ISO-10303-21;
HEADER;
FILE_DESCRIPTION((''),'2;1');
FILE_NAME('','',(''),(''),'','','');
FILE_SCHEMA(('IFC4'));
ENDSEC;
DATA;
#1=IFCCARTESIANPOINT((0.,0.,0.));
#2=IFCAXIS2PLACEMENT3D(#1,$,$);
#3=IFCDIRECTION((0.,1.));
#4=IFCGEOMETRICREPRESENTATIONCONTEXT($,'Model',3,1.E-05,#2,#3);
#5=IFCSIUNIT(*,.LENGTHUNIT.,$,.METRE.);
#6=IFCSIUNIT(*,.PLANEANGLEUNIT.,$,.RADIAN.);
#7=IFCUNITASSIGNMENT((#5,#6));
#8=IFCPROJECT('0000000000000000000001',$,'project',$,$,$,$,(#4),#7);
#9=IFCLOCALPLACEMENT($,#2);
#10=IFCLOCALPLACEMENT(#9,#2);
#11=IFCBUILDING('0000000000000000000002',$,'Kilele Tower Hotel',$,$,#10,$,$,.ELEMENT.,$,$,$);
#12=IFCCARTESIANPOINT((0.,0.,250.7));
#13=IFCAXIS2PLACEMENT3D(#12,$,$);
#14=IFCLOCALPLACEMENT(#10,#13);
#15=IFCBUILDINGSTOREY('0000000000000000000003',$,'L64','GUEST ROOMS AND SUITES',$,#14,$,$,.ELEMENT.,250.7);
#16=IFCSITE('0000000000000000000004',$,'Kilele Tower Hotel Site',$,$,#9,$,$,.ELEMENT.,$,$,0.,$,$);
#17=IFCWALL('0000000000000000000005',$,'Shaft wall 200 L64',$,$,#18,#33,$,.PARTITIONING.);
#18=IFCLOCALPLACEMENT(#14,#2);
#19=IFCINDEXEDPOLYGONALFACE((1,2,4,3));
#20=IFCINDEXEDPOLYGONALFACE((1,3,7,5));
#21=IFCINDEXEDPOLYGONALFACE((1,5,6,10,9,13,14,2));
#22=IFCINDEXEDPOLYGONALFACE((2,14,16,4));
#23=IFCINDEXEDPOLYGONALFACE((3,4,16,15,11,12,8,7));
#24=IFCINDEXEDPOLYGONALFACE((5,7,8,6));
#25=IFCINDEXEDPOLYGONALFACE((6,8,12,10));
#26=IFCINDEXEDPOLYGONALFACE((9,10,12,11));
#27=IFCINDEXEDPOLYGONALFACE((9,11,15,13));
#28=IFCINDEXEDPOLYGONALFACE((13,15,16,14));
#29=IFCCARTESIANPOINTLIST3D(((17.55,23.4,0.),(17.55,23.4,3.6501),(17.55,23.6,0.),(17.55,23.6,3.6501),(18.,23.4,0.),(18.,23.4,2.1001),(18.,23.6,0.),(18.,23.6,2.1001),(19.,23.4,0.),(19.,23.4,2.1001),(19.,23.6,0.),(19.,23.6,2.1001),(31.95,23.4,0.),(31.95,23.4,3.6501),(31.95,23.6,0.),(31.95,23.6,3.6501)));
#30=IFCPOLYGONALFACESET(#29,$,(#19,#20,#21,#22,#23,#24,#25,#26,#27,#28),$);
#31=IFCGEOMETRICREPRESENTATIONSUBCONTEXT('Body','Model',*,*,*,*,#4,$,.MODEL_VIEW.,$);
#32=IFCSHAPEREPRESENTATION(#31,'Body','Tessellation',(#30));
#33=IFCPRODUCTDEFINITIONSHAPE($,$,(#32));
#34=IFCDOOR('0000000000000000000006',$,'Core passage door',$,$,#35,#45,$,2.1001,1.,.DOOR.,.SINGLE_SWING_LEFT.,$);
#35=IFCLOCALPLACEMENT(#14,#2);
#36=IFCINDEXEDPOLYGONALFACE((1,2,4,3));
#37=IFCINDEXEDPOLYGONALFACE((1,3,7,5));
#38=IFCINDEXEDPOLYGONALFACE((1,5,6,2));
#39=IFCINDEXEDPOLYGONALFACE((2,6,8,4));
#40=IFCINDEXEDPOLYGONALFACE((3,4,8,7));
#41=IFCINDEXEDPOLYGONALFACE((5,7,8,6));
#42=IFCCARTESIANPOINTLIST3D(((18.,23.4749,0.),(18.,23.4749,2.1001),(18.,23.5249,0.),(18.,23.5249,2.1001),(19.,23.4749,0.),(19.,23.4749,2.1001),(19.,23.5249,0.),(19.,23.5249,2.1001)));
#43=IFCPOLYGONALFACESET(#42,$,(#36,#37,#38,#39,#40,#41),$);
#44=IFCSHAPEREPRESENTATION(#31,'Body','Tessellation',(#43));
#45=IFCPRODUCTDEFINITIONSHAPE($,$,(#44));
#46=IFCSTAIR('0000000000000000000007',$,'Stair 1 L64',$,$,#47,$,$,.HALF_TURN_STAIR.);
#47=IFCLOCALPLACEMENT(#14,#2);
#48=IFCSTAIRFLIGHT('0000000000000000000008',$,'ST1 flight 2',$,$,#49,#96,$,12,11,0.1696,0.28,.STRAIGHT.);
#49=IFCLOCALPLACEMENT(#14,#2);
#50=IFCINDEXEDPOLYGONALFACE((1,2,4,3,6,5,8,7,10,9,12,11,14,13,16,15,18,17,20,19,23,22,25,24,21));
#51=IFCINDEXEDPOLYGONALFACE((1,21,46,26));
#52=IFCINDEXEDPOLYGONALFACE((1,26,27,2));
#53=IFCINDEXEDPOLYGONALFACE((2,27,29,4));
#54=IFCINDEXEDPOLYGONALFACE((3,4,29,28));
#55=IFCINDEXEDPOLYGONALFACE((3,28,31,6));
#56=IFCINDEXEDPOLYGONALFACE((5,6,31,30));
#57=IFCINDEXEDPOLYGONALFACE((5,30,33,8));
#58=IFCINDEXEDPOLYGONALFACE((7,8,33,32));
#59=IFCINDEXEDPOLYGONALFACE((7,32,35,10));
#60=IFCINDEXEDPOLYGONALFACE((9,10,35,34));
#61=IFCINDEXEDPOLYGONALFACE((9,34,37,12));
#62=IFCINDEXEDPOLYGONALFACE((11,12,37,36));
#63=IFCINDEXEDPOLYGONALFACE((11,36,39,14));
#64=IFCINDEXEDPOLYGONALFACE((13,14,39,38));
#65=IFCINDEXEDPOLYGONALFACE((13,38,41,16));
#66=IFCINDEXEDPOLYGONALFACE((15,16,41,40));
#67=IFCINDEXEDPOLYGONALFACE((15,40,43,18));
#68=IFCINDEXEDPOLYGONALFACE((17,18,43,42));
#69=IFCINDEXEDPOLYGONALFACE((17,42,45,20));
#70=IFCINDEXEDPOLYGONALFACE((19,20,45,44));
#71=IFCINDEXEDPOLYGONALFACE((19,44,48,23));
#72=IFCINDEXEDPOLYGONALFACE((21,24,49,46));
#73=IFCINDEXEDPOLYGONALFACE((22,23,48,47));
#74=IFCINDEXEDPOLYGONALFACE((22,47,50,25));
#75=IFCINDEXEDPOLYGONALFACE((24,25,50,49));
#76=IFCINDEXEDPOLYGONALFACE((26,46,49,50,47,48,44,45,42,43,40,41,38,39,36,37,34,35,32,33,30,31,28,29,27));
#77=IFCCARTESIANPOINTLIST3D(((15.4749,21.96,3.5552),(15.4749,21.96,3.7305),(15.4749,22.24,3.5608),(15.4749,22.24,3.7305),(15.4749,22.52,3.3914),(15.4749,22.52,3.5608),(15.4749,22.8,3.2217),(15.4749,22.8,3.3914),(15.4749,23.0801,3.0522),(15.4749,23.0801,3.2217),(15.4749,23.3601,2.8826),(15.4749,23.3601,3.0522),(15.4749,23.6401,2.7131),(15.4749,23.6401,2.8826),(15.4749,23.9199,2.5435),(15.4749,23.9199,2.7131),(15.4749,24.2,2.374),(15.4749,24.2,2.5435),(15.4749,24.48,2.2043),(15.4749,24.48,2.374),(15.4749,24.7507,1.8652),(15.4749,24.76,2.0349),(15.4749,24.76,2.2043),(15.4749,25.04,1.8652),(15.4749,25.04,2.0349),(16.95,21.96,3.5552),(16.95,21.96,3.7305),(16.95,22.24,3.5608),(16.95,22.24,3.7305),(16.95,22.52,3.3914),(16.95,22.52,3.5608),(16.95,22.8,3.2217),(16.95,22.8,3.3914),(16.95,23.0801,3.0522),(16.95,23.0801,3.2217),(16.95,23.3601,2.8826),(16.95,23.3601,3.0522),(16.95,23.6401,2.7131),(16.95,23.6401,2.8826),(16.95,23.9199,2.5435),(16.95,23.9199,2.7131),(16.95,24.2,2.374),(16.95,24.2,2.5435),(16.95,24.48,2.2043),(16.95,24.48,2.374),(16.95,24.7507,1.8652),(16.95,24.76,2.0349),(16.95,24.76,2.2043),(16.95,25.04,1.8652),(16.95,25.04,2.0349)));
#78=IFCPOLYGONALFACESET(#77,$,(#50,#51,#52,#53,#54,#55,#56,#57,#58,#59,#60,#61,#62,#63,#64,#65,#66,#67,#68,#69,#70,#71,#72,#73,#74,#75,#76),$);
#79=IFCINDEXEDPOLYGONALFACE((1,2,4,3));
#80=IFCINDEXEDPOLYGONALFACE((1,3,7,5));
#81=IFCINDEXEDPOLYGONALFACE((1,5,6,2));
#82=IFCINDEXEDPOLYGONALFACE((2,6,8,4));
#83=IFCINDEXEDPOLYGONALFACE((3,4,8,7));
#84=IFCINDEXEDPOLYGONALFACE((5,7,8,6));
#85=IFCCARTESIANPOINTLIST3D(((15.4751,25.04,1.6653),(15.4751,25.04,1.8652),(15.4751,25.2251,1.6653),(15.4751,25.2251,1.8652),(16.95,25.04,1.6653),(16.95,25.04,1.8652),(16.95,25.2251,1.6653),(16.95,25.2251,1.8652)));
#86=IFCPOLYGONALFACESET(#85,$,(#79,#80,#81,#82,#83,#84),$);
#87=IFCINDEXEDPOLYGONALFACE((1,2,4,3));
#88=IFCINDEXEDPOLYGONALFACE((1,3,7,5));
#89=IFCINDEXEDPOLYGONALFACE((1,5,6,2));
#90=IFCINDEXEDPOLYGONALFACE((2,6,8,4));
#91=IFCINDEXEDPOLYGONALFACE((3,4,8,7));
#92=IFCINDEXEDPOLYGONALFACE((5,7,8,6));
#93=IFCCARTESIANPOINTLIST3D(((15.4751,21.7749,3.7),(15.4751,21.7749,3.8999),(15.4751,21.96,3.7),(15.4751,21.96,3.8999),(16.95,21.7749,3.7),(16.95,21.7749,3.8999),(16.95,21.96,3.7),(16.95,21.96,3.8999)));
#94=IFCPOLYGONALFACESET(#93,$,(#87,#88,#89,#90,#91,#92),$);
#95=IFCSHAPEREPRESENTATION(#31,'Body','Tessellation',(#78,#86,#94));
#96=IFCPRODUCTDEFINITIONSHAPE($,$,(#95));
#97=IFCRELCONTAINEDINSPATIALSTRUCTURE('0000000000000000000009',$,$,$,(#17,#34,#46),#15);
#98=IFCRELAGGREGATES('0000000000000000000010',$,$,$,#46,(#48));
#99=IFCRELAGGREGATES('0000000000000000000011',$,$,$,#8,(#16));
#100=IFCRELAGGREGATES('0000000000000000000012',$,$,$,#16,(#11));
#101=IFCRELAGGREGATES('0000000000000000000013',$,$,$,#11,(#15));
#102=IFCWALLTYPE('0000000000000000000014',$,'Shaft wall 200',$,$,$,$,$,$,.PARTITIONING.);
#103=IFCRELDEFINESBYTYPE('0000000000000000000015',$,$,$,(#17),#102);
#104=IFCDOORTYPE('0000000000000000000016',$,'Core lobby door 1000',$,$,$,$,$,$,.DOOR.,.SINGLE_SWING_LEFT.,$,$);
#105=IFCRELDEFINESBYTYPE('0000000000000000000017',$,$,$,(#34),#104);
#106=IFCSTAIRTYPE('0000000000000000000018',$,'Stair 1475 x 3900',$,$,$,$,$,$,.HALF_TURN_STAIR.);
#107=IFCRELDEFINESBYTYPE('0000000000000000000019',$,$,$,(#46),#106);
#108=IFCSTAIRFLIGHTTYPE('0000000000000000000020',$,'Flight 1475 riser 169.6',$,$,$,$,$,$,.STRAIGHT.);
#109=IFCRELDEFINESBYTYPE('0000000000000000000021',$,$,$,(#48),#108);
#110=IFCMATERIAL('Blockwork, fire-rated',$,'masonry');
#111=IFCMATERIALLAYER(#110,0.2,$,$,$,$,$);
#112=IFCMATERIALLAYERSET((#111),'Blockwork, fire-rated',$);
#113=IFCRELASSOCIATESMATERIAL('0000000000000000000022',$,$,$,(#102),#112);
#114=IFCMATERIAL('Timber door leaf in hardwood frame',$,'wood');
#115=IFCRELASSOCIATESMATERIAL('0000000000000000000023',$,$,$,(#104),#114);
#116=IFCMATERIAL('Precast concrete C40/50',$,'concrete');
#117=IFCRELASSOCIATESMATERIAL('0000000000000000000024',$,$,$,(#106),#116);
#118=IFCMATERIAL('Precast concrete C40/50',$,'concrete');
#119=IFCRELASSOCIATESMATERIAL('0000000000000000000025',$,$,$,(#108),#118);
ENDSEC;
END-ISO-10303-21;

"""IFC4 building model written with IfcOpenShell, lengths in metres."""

from ifc_helpers import new_model, si_unit, direction, frame, frame_2d, origin, place, context, subcontext, project, spatial, polyline, rectangle, outline, extrude, material, layer, layer_set, type_object, element, fill, aggregate, save


model = new_model("IFC4")

# Units and contexts
model_context = context("Model", 3, precision=1e-05, world=origin(), true_north=direction((0.0, 1.0)))
body_context = subcontext(model_context, "Body", "Model", "MODEL_VIEW")
ifc_project = project(units=[si_unit("LENGTHUNIT", "METRE"), si_unit("PLANEANGLEUNIT", "RADIAN")], contexts=[model_context])

# Site, building, storey
site_placement = place(None, origin())
site = spatial("IfcSite", under=ifc_project, at=site_placement, Name="Kilele Tower Hotel Site", CompositionType="ELEMENT", RefElevation=0.0)
building_placement = place(site_placement, origin())
building = spatial("IfcBuilding", under=site, at=building_placement, Name="Kilele Tower Hotel", CompositionType="ELEMENT")
storey_placement = place(building_placement, frame((0.0, 0.0, 250.7)))
storey = spatial("IfcBuildingStorey", under=building, at=storey_placement, Name="L64", Description="GUEST ROOMS AND SUITES", CompositionType="ELEMENT", Elevation=250.7)

# Wall, opening, door
ifc_material_1 = material(Name="Blockwork, fire-rated", Category="masonry")
ifc_layer_1 = layer(ifc_material_1, 0.2)
ifc_layer_set_1 = layer_set([ifc_layer_1], Name="Blockwork, fire-rated")
wall_type_1 = type_object("IfcWallType", Name="Shaft wall 200", PredefinedType="PARTITIONING", material=ifc_layer_set_1)
wall_1_placement = place(storey_placement, frame((17.55, 23.5, 0.0), z_axis=(0.0, 0.0, 1.0), x_axis=(1.0, 0.0, 0.0)))
wall_1 = element("IfcWall", 1, at=wall_1_placement, inside=storey, type_object=wall_type_1, Name="Shaft wall 200 L64", PredefinedType="PARTITIONING", context=body_context, shape_type="SweptSolid", body=[
    extrude(rectangle(XDim=14.3999, YDim=0.2, at=frame_2d((7.2, 0.0))), origin(), (0.0, 0.0, 1.0), 3.6501),
])
opening_1_placement = place(wall_1_placement, frame((0.45, 0.0, 0.0)))
opening_1 = element("IfcOpeningElement", 2, at=opening_1_placement, cuts=wall_1, PredefinedType="OPENING", context=body_context, shape_type="SweptSolid", body=[
    extrude(rectangle(XDim=1.0, YDim=2.1001, at=frame_2d((0.5, 1.05))), frame((0.0, 0.1099, 0.0), z_axis=(0.0, -1.0, 0.0), x_axis=(1.0, 0.0, 0.0)), (0.0, 0.0, 1.0), 0.22),
])
ifc_material_2 = material(Name="Timber door leaf in hardwood frame", Category="wood")
door_type_1 = type_object("IfcDoorType", Name="Core lobby door 1000", OperationType="SINGLE_SWING_LEFT", PredefinedType="DOOR", material=ifc_material_2)
door_1_placement = place(opening_1_placement, origin())
door_1 = element("IfcDoor", 3, at=door_1_placement, inside=storey, type_object=door_type_1, Name="Core passage door", OperationType="SINGLE_SWING_LEFT", OverallHeight=2.1001, OverallWidth=1.0, PredefinedType="DOOR", context=body_context, shape_type="SweptSolid", body=[
    extrude(rectangle(XDim=1.0, YDim=2.1001, at=frame_2d((0.5, 1.05))), frame((0.0, 0.0249, 0.0), z_axis=(0.0, -1.0, 0.0), x_axis=(1.0, 0.0, 0.0)), (0.0, 0.0, 1.0), 0.05),
])
fill(opening_1, door_1)

# Stair, stair flight
ifc_material_3 = material(Name="Precast concrete C40/50", Category="concrete")
stair_type = type_object("IfcStairType", Name="Stair 1475 x 3900", PredefinedType="HALF_TURN_STAIR", material=ifc_material_3)
stair_placement = place(storey_placement, origin())
stair = element("IfcStair", 4, at=stair_placement, inside=storey, type_object=stair_type, Name="Stair 1 L64", PredefinedType="HALF_TURN_STAIR")
ifc_material_4 = material(Name="Precast concrete C40/50", Category="concrete")
stair_flight_type = type_object("IfcStairFlightType", Name="Flight 1475 riser 169.6", PredefinedType="STRAIGHT", material=ifc_material_4)
stair_flight_placement = place(storey_placement, frame((16.2124, 25.04, 1.8652), z_axis=(0.0, 0.0, 1.0), x_axis=(0.0, -1.0, 0.0)))
stair_flight = element("IfcStairFlight", 5, at=stair_flight_placement, type_object=stair_flight_type, Name="ST1 flight 2", NumberOfRisers=12, NumberOfTreads=11, PredefinedType="STRAIGHT", RiserHeight=0.1696, TreadLength=0.28, context=body_context, shape_type="SweptSolid", body=[
    extrude(outline(polyline([(0.0, 0.0), (0.0, 0.1697), (0.28, 0.1697), (0.28, 0.3391), (0.5601, 0.3391), (0.5601, 0.5088), (0.8401, 0.5088), (0.8401, 0.6782), (1.1201, 0.6782), (1.1201, 0.8479), (1.3999, 0.8479), (1.3999, 1.0173), (1.6799, 1.0173), (1.6799, 1.187), (1.96, 1.187), (1.96, 1.3564), (2.24, 1.3564), (2.24, 1.5261), (2.52, 1.5261), (2.52, 1.6956), (2.8, 1.6956), (2.8, 1.8652), (3.0801, 1.8652), (3.0801, 2.0347), (3.0801, 1.6899), (0.2893, 0.0), (0.0, 0.0)])), frame((0.0, 0.7375, 0.0), z_axis=(0.0, -1.0, 0.0), x_axis=(1.0, 0.0, 0.0)), (0.0, 0.0, 1.0), 1.4751),
    extrude(outline(polyline([(0.0, -0.7373), (0.0, 0.7375), (-0.1851, 0.7375), (-0.1851, -0.7373), (0.0, -0.7373)])), frame((0.0, 0.0, -0.2)), (0.0, 0.0, 1.0), 0.2),
    extrude(outline(polyline([(3.2651, -0.7373), (3.2651, 0.7375), (3.0801, 0.7375), (3.0801, -0.7373), (3.2651, -0.7373)])), frame((0.0, 0.0, 1.8347)), (0.0, 0.0, 1.0), 0.2),
])
aggregate(stair, [stair_flight])

save(model, "model.ifc")
